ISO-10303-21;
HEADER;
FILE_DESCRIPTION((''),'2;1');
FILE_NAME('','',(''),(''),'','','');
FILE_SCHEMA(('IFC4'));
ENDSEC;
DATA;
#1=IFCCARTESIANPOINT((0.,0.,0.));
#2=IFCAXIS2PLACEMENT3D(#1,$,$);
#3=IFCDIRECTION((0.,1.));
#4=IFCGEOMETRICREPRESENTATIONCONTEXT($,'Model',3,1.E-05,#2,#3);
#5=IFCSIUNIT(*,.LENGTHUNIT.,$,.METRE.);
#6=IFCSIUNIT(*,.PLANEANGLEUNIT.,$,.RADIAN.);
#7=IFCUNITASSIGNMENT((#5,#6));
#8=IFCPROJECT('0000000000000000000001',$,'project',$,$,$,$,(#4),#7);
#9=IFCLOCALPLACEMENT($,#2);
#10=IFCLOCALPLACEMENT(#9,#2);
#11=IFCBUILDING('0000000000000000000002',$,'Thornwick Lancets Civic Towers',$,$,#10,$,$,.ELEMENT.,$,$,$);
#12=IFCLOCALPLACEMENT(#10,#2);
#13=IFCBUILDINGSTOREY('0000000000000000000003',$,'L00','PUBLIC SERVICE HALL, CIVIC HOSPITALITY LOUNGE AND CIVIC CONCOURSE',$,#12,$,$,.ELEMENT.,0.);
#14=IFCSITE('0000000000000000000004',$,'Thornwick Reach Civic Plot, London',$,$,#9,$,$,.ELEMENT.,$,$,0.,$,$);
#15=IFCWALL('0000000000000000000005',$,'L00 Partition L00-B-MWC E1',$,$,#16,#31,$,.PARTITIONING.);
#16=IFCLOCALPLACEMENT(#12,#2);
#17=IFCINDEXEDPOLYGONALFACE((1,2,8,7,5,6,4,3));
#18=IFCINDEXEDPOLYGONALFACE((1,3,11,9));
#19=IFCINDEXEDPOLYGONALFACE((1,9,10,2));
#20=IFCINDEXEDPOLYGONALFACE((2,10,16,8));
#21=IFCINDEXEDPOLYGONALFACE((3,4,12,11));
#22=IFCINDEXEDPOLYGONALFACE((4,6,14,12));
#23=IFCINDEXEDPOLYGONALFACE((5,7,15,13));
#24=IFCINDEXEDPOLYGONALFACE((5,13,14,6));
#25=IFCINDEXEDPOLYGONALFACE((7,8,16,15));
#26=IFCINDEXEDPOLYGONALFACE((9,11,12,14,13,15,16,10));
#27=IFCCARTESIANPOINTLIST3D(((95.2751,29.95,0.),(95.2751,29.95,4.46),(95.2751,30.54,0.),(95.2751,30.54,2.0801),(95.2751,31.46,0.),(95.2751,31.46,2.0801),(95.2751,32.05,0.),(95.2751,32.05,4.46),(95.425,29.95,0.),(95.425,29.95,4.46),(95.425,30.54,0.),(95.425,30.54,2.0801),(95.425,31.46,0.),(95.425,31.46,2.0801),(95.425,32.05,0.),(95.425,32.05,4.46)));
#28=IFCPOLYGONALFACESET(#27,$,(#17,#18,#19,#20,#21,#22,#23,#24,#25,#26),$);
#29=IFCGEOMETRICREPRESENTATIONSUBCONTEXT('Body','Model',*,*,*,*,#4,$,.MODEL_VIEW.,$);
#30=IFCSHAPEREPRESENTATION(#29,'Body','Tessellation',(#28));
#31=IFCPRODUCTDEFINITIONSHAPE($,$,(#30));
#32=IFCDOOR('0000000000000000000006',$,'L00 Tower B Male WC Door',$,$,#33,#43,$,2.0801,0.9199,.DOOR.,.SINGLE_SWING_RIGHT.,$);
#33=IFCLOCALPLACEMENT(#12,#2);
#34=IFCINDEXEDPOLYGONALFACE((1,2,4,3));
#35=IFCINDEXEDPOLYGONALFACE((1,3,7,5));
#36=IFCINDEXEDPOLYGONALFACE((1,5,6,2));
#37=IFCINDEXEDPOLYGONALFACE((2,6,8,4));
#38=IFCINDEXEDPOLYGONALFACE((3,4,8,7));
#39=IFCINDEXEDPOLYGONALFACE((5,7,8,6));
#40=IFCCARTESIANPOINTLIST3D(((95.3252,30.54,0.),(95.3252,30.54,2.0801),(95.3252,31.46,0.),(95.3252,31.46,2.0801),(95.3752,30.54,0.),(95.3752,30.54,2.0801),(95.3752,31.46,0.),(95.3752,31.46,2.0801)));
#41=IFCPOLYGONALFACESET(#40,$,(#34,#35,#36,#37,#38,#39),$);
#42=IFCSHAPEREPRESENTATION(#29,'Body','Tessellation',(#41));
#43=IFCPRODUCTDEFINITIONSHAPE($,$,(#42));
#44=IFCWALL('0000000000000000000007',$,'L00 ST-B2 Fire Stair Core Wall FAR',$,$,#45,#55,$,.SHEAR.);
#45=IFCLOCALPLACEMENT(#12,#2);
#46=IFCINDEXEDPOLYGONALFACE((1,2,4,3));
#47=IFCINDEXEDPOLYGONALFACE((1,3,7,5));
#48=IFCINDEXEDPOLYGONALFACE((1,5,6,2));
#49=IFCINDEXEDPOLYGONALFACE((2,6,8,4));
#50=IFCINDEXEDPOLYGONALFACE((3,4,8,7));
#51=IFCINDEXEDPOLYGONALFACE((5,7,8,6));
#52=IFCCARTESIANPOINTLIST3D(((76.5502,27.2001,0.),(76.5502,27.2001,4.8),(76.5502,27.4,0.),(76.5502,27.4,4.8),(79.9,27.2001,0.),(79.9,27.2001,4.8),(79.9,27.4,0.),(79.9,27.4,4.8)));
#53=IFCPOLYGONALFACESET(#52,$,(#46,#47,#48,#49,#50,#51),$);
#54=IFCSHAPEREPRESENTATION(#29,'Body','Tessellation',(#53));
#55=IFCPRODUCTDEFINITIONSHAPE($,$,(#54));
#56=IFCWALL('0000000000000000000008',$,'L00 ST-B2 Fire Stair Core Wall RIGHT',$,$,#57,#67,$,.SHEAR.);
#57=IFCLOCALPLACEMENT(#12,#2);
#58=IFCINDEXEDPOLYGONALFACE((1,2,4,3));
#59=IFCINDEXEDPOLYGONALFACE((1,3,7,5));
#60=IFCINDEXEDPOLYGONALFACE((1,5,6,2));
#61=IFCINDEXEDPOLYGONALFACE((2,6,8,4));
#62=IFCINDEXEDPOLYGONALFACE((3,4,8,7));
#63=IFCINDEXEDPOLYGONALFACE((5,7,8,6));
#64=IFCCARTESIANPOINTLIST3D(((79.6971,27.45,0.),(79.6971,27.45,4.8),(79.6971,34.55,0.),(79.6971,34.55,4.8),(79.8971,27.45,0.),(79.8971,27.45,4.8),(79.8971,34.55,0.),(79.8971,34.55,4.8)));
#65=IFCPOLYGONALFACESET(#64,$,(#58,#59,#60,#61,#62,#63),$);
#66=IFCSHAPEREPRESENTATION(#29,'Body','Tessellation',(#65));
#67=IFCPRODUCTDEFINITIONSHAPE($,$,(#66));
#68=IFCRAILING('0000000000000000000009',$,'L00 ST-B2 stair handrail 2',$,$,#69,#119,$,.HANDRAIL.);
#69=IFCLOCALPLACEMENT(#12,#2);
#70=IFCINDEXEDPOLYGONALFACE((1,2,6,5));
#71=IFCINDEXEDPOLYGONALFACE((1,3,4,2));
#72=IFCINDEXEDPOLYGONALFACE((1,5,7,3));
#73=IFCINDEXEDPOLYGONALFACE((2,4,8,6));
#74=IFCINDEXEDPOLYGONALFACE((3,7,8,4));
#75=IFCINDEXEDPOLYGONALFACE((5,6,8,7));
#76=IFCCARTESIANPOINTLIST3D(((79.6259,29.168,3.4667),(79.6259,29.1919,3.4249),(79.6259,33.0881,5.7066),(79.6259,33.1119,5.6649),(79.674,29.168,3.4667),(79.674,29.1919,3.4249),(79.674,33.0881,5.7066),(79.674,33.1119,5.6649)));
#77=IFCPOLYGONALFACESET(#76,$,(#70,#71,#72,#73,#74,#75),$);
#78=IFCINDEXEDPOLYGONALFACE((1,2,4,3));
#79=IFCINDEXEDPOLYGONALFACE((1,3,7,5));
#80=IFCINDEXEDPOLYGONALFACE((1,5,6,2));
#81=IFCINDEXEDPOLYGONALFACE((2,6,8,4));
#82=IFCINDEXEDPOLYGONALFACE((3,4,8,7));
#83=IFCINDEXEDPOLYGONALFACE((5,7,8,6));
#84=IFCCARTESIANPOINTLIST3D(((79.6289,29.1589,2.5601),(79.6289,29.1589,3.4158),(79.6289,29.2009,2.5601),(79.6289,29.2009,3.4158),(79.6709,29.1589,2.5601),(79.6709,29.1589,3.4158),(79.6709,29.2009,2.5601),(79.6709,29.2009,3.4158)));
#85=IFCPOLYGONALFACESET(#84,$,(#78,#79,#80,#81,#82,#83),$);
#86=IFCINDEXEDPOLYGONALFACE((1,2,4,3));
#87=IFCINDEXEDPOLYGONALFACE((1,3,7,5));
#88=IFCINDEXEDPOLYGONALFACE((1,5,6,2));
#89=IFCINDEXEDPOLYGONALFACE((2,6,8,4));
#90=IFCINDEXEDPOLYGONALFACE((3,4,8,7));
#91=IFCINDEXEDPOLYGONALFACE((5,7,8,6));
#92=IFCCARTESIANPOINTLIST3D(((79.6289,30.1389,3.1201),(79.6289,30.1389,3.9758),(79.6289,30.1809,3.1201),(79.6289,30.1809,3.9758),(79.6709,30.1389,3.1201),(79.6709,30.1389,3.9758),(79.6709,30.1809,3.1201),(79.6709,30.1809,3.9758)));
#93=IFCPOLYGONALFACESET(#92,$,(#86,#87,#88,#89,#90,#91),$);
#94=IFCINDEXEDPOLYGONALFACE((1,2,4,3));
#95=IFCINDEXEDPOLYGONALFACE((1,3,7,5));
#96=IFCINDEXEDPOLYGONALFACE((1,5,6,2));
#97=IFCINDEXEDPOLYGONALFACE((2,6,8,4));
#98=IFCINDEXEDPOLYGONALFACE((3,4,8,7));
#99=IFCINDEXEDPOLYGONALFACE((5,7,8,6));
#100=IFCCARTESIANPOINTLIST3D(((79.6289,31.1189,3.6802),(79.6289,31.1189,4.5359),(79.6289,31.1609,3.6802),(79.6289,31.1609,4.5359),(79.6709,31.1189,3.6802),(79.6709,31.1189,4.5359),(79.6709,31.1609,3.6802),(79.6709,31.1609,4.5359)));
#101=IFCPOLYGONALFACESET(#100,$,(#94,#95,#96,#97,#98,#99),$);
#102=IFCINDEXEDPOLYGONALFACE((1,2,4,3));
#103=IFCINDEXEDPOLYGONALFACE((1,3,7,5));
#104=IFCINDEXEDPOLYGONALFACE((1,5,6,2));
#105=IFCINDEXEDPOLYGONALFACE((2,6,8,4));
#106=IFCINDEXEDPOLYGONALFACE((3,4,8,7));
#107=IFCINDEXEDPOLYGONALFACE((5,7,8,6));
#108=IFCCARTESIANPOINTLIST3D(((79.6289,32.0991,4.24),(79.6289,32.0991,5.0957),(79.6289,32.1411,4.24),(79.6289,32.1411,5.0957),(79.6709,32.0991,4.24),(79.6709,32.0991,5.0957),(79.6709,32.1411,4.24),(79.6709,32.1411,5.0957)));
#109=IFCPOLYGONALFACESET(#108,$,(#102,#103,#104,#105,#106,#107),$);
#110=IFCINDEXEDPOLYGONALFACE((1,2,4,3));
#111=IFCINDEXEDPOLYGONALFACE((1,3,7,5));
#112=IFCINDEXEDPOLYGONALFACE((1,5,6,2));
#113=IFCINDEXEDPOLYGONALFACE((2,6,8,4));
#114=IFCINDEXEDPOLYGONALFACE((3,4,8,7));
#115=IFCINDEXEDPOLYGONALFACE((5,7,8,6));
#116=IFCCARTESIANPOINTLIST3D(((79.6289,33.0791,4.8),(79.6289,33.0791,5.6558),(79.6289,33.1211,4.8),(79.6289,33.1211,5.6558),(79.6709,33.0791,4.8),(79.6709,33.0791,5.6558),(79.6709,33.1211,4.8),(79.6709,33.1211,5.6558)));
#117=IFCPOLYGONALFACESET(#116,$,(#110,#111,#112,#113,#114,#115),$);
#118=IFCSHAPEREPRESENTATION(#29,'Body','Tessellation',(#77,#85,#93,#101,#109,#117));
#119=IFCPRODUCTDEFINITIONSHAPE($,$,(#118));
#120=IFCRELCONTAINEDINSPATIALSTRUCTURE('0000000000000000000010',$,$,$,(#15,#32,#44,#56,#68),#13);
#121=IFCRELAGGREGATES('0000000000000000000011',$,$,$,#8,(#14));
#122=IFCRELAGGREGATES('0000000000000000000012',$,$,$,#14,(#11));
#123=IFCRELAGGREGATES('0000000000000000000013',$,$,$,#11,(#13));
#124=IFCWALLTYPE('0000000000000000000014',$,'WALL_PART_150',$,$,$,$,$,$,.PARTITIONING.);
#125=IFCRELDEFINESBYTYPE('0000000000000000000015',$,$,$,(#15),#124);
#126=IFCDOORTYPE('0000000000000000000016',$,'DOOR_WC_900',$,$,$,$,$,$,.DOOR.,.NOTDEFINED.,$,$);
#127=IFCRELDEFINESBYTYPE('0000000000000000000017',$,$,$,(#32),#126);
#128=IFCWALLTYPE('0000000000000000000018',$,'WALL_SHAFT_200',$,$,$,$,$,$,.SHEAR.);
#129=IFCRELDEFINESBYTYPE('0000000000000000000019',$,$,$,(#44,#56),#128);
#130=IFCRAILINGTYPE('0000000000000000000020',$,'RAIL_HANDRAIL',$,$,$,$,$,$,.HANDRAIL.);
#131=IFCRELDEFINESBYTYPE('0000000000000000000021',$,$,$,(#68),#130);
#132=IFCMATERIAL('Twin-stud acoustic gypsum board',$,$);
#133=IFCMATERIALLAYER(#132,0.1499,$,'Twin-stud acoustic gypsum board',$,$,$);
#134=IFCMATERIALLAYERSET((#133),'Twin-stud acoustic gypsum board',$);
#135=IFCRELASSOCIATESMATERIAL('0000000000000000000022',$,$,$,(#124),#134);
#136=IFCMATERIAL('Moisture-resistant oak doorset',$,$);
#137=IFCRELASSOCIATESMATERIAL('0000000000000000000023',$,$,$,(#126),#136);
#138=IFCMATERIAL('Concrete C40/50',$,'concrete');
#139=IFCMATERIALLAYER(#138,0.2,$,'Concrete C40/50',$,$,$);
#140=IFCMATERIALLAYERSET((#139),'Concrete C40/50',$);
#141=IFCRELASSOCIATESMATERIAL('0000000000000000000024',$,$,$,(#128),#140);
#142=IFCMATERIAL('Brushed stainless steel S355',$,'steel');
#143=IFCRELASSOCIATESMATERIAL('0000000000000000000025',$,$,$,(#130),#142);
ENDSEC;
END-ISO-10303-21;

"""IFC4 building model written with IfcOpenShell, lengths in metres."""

from ifc_helpers import new_model, si_unit, direction, frame, frame_2d, origin, origin_2d, place, context, subcontext, project, spatial, rectangle, extrude, material, layer, layer_set, type_object, element, fill, save


model = new_model("IFC4")

# Units and contexts
model_context = context("Model", 3, precision=1e-05, world=origin(), true_north=direction((0.0, 1.0)))
body_context = subcontext(model_context, "Body", "Model", "MODEL_VIEW")
ifc_project = project(units=[si_unit("LENGTHUNIT", "METRE"), si_unit("PLANEANGLEUNIT", "RADIAN")], contexts=[model_context])

# Site, building, storey
site_placement = place(None, origin())
site = spatial("IfcSite", under=ifc_project, at=site_placement, Name="Thornwick Reach Civic Plot, London", CompositionType="ELEMENT", RefElevation=0.0)
building_placement = place(site_placement, origin())
building = spatial("IfcBuilding", under=site, at=building_placement, Name="Thornwick Lancets Civic Towers", CompositionType="ELEMENT")
storey_placement = place(building_placement, origin())
storey = spatial("IfcBuildingStorey", under=building, at=storey_placement, Name="L00", Description="PUBLIC SERVICE HALL, CIVIC HOSPITALITY LOUNGE AND CIVIC CONCOURSE", CompositionType="ELEMENT", Elevation=0.0)

# Wall, opening, door
ifc_material_1 = material(Name="Twin-stud acoustic gypsum board")
ifc_layer_1 = layer(ifc_material_1, 0.1499, Name="Twin-stud acoustic gypsum board")
ifc_layer_set_1 = layer_set([ifc_layer_1], Name="Twin-stud acoustic gypsum board")
wall_type_1 = type_object("IfcWallType", Name="WALL_PART_150", PredefinedType="PARTITIONING", material=ifc_layer_set_1)
wall_1_placement = place(storey_placement, frame((95.3501, 29.95, 0.0), z_axis=(0.0, 0.0, 1.0), x_axis=(0.0, 1.0, 0.0)))
wall_1 = element("IfcWall", 1, at=wall_1_placement, inside=storey, type_object=wall_type_1, Name="L00 Partition L00-B-MWC E1", PredefinedType="PARTITIONING", context=body_context, shape_type="SweptSolid", body=[
    extrude(rectangle(XDim=2.1001, YDim=0.1499, at=frame_2d((1.05, 0.0))), origin(), (0.0, 0.0, 1.0), 4.46),
])
opening_1_placement = place(wall_1_placement, frame((0.5901, 0.0, 0.0)))
opening_1 = element("IfcOpeningElement", 2, at=opening_1_placement, cuts=wall_1, PredefinedType="OPENING", context=body_context, shape_type="SweptSolid", body=[
    extrude(rectangle(XDim=0.9199, YDim=2.0801, at=frame_2d((0.46, 1.04))), frame((0.0, 0.085, 0.0), z_axis=(0.0, -1.0, 0.0), x_axis=(1.0, 0.0, 0.0)), (0.0, 0.0, 1.0), 0.1699),
])
ifc_material_2 = material(Name="Moisture-resistant oak doorset")
door_type_1 = type_object("IfcDoorType", Name="DOOR_WC_900", OperationType="NOTDEFINED", PredefinedType="DOOR", material=ifc_material_2)
door_1_placement = place(opening_1_placement, origin())
door_1 = element("IfcDoor", 3, at=door_1_placement, inside=storey, type_object=door_type_1, Name="L00 Tower B Male WC Door", OperationType="SINGLE_SWING_RIGHT", OverallHeight=2.0801, OverallWidth=0.9199, PredefinedType="DOOR", context=body_context, shape_type="SweptSolid", body=[
    extrude(rectangle(XDim=0.9199, YDim=2.0801, at=frame_2d((0.46, 1.04))), frame((0.0, 0.0249, 0.0), z_axis=(0.0, -1.0, 0.0), x_axis=(1.0, 0.0, 0.0)), (0.0, 0.0, 1.0), 0.05),
])
fill(opening_1, door_1)

# Walls
ifc_material_3 = material(Name="Concrete C40/50", Category="concrete")
ifc_layer_2 = layer(ifc_material_3, 0.2, Name="Concrete C40/50")
ifc_layer_set_2 = layer_set([ifc_layer_2], Name="Concrete C40/50")
wall_type_2 = type_object("IfcWallType", Name="WALL_SHAFT_200", PredefinedType="SHEAR", material=ifc_layer_set_2)
wall_2_placement = place(storey_placement, frame((79.8999, 27.3, 0.0), z_axis=(0.0, 0.0, 1.0), x_axis=(-1.0, 0.0, 0.0)))
element("IfcWall", 4, at=wall_2_placement, inside=storey, type_object=wall_type_2, Name="L00 ST-B2 Fire Stair Core Wall FAR", PredefinedType="SHEAR", context=body_context, shape_type="SweptSolid", body=[
    extrude(rectangle(XDim=3.3499, YDim=0.2, at=frame_2d((1.6748, 0.0))), origin(), (0.0, 0.0, 1.0), 4.8),
])
wall_3_placement = place(storey_placement, frame((79.7971, 27.45, 0.0), z_axis=(0.0, 0.0, 1.0), x_axis=(0.0, 1.0, 0.0)))
element("IfcWall", 5, at=wall_3_placement, inside=storey, type_object=wall_type_2, Name="L00 ST-B2 Fire Stair Core Wall RIGHT", PredefinedType="SHEAR", context=body_context, shape_type="SweptSolid", body=[
    extrude(rectangle(XDim=7.1001, YDim=0.2, at=frame_2d((3.55, 0.0))), origin(), (0.0, 0.0, 1.0), 4.8),
])

# Railing
ifc_material_4 = material(Name="Brushed stainless steel S355", Category="steel")
railing_type = type_object("IfcRailingType", Name="RAIL_HANDRAIL", PredefinedType="HANDRAIL", material=ifc_material_4)
railing_placement = place(storey_placement, frame((79.6499, 29.1799, 2.5601)))
element("IfcRailing", 6, at=railing_placement, inside=storey, type_object=railing_type, Name="L00 ST-B2 stair handrail 2", PredefinedType="HANDRAIL", context=body_context, shape_type="SweptSolid", body=[
    extrude(rectangle(XDim=0.0481, YDim=0.0481, at=origin_2d()), frame((0.0, 0.0, 0.8857), z_axis=(0.0, 0.868253, 0.496121), x_axis=(-1.0, 0.0, 0.0)), (0.0, 0.0, 1.0), 4.5149),
    extrude(rectangle(XDim=0.042, YDim=0.042, at=origin_2d()), origin(), (0.0, 0.0, 1.0), 0.8557),
    extrude(rectangle(XDim=0.042, YDim=0.042, at=origin_2d()), frame((0.0, 0.98, 0.5601)), (0.0, 0.0, 1.0), 0.8557),
    extrude(rectangle(XDim=0.042, YDim=0.042, at=origin_2d()), frame((0.0, 1.96, 1.1201)), (0.0, 0.0, 1.0), 0.8557),
    extrude(rectangle(XDim=0.042, YDim=0.042, at=origin_2d()), frame((0.0, 2.9402, 1.6799)), (0.0, 0.0, 1.0), 0.8557),
    extrude(rectangle(XDim=0.042, YDim=0.042, at=origin_2d()), frame((0.0, 3.9202, 2.24)), (0.0, 0.0, 1.0), 0.8557),
])

save(model, "model.ifc")
